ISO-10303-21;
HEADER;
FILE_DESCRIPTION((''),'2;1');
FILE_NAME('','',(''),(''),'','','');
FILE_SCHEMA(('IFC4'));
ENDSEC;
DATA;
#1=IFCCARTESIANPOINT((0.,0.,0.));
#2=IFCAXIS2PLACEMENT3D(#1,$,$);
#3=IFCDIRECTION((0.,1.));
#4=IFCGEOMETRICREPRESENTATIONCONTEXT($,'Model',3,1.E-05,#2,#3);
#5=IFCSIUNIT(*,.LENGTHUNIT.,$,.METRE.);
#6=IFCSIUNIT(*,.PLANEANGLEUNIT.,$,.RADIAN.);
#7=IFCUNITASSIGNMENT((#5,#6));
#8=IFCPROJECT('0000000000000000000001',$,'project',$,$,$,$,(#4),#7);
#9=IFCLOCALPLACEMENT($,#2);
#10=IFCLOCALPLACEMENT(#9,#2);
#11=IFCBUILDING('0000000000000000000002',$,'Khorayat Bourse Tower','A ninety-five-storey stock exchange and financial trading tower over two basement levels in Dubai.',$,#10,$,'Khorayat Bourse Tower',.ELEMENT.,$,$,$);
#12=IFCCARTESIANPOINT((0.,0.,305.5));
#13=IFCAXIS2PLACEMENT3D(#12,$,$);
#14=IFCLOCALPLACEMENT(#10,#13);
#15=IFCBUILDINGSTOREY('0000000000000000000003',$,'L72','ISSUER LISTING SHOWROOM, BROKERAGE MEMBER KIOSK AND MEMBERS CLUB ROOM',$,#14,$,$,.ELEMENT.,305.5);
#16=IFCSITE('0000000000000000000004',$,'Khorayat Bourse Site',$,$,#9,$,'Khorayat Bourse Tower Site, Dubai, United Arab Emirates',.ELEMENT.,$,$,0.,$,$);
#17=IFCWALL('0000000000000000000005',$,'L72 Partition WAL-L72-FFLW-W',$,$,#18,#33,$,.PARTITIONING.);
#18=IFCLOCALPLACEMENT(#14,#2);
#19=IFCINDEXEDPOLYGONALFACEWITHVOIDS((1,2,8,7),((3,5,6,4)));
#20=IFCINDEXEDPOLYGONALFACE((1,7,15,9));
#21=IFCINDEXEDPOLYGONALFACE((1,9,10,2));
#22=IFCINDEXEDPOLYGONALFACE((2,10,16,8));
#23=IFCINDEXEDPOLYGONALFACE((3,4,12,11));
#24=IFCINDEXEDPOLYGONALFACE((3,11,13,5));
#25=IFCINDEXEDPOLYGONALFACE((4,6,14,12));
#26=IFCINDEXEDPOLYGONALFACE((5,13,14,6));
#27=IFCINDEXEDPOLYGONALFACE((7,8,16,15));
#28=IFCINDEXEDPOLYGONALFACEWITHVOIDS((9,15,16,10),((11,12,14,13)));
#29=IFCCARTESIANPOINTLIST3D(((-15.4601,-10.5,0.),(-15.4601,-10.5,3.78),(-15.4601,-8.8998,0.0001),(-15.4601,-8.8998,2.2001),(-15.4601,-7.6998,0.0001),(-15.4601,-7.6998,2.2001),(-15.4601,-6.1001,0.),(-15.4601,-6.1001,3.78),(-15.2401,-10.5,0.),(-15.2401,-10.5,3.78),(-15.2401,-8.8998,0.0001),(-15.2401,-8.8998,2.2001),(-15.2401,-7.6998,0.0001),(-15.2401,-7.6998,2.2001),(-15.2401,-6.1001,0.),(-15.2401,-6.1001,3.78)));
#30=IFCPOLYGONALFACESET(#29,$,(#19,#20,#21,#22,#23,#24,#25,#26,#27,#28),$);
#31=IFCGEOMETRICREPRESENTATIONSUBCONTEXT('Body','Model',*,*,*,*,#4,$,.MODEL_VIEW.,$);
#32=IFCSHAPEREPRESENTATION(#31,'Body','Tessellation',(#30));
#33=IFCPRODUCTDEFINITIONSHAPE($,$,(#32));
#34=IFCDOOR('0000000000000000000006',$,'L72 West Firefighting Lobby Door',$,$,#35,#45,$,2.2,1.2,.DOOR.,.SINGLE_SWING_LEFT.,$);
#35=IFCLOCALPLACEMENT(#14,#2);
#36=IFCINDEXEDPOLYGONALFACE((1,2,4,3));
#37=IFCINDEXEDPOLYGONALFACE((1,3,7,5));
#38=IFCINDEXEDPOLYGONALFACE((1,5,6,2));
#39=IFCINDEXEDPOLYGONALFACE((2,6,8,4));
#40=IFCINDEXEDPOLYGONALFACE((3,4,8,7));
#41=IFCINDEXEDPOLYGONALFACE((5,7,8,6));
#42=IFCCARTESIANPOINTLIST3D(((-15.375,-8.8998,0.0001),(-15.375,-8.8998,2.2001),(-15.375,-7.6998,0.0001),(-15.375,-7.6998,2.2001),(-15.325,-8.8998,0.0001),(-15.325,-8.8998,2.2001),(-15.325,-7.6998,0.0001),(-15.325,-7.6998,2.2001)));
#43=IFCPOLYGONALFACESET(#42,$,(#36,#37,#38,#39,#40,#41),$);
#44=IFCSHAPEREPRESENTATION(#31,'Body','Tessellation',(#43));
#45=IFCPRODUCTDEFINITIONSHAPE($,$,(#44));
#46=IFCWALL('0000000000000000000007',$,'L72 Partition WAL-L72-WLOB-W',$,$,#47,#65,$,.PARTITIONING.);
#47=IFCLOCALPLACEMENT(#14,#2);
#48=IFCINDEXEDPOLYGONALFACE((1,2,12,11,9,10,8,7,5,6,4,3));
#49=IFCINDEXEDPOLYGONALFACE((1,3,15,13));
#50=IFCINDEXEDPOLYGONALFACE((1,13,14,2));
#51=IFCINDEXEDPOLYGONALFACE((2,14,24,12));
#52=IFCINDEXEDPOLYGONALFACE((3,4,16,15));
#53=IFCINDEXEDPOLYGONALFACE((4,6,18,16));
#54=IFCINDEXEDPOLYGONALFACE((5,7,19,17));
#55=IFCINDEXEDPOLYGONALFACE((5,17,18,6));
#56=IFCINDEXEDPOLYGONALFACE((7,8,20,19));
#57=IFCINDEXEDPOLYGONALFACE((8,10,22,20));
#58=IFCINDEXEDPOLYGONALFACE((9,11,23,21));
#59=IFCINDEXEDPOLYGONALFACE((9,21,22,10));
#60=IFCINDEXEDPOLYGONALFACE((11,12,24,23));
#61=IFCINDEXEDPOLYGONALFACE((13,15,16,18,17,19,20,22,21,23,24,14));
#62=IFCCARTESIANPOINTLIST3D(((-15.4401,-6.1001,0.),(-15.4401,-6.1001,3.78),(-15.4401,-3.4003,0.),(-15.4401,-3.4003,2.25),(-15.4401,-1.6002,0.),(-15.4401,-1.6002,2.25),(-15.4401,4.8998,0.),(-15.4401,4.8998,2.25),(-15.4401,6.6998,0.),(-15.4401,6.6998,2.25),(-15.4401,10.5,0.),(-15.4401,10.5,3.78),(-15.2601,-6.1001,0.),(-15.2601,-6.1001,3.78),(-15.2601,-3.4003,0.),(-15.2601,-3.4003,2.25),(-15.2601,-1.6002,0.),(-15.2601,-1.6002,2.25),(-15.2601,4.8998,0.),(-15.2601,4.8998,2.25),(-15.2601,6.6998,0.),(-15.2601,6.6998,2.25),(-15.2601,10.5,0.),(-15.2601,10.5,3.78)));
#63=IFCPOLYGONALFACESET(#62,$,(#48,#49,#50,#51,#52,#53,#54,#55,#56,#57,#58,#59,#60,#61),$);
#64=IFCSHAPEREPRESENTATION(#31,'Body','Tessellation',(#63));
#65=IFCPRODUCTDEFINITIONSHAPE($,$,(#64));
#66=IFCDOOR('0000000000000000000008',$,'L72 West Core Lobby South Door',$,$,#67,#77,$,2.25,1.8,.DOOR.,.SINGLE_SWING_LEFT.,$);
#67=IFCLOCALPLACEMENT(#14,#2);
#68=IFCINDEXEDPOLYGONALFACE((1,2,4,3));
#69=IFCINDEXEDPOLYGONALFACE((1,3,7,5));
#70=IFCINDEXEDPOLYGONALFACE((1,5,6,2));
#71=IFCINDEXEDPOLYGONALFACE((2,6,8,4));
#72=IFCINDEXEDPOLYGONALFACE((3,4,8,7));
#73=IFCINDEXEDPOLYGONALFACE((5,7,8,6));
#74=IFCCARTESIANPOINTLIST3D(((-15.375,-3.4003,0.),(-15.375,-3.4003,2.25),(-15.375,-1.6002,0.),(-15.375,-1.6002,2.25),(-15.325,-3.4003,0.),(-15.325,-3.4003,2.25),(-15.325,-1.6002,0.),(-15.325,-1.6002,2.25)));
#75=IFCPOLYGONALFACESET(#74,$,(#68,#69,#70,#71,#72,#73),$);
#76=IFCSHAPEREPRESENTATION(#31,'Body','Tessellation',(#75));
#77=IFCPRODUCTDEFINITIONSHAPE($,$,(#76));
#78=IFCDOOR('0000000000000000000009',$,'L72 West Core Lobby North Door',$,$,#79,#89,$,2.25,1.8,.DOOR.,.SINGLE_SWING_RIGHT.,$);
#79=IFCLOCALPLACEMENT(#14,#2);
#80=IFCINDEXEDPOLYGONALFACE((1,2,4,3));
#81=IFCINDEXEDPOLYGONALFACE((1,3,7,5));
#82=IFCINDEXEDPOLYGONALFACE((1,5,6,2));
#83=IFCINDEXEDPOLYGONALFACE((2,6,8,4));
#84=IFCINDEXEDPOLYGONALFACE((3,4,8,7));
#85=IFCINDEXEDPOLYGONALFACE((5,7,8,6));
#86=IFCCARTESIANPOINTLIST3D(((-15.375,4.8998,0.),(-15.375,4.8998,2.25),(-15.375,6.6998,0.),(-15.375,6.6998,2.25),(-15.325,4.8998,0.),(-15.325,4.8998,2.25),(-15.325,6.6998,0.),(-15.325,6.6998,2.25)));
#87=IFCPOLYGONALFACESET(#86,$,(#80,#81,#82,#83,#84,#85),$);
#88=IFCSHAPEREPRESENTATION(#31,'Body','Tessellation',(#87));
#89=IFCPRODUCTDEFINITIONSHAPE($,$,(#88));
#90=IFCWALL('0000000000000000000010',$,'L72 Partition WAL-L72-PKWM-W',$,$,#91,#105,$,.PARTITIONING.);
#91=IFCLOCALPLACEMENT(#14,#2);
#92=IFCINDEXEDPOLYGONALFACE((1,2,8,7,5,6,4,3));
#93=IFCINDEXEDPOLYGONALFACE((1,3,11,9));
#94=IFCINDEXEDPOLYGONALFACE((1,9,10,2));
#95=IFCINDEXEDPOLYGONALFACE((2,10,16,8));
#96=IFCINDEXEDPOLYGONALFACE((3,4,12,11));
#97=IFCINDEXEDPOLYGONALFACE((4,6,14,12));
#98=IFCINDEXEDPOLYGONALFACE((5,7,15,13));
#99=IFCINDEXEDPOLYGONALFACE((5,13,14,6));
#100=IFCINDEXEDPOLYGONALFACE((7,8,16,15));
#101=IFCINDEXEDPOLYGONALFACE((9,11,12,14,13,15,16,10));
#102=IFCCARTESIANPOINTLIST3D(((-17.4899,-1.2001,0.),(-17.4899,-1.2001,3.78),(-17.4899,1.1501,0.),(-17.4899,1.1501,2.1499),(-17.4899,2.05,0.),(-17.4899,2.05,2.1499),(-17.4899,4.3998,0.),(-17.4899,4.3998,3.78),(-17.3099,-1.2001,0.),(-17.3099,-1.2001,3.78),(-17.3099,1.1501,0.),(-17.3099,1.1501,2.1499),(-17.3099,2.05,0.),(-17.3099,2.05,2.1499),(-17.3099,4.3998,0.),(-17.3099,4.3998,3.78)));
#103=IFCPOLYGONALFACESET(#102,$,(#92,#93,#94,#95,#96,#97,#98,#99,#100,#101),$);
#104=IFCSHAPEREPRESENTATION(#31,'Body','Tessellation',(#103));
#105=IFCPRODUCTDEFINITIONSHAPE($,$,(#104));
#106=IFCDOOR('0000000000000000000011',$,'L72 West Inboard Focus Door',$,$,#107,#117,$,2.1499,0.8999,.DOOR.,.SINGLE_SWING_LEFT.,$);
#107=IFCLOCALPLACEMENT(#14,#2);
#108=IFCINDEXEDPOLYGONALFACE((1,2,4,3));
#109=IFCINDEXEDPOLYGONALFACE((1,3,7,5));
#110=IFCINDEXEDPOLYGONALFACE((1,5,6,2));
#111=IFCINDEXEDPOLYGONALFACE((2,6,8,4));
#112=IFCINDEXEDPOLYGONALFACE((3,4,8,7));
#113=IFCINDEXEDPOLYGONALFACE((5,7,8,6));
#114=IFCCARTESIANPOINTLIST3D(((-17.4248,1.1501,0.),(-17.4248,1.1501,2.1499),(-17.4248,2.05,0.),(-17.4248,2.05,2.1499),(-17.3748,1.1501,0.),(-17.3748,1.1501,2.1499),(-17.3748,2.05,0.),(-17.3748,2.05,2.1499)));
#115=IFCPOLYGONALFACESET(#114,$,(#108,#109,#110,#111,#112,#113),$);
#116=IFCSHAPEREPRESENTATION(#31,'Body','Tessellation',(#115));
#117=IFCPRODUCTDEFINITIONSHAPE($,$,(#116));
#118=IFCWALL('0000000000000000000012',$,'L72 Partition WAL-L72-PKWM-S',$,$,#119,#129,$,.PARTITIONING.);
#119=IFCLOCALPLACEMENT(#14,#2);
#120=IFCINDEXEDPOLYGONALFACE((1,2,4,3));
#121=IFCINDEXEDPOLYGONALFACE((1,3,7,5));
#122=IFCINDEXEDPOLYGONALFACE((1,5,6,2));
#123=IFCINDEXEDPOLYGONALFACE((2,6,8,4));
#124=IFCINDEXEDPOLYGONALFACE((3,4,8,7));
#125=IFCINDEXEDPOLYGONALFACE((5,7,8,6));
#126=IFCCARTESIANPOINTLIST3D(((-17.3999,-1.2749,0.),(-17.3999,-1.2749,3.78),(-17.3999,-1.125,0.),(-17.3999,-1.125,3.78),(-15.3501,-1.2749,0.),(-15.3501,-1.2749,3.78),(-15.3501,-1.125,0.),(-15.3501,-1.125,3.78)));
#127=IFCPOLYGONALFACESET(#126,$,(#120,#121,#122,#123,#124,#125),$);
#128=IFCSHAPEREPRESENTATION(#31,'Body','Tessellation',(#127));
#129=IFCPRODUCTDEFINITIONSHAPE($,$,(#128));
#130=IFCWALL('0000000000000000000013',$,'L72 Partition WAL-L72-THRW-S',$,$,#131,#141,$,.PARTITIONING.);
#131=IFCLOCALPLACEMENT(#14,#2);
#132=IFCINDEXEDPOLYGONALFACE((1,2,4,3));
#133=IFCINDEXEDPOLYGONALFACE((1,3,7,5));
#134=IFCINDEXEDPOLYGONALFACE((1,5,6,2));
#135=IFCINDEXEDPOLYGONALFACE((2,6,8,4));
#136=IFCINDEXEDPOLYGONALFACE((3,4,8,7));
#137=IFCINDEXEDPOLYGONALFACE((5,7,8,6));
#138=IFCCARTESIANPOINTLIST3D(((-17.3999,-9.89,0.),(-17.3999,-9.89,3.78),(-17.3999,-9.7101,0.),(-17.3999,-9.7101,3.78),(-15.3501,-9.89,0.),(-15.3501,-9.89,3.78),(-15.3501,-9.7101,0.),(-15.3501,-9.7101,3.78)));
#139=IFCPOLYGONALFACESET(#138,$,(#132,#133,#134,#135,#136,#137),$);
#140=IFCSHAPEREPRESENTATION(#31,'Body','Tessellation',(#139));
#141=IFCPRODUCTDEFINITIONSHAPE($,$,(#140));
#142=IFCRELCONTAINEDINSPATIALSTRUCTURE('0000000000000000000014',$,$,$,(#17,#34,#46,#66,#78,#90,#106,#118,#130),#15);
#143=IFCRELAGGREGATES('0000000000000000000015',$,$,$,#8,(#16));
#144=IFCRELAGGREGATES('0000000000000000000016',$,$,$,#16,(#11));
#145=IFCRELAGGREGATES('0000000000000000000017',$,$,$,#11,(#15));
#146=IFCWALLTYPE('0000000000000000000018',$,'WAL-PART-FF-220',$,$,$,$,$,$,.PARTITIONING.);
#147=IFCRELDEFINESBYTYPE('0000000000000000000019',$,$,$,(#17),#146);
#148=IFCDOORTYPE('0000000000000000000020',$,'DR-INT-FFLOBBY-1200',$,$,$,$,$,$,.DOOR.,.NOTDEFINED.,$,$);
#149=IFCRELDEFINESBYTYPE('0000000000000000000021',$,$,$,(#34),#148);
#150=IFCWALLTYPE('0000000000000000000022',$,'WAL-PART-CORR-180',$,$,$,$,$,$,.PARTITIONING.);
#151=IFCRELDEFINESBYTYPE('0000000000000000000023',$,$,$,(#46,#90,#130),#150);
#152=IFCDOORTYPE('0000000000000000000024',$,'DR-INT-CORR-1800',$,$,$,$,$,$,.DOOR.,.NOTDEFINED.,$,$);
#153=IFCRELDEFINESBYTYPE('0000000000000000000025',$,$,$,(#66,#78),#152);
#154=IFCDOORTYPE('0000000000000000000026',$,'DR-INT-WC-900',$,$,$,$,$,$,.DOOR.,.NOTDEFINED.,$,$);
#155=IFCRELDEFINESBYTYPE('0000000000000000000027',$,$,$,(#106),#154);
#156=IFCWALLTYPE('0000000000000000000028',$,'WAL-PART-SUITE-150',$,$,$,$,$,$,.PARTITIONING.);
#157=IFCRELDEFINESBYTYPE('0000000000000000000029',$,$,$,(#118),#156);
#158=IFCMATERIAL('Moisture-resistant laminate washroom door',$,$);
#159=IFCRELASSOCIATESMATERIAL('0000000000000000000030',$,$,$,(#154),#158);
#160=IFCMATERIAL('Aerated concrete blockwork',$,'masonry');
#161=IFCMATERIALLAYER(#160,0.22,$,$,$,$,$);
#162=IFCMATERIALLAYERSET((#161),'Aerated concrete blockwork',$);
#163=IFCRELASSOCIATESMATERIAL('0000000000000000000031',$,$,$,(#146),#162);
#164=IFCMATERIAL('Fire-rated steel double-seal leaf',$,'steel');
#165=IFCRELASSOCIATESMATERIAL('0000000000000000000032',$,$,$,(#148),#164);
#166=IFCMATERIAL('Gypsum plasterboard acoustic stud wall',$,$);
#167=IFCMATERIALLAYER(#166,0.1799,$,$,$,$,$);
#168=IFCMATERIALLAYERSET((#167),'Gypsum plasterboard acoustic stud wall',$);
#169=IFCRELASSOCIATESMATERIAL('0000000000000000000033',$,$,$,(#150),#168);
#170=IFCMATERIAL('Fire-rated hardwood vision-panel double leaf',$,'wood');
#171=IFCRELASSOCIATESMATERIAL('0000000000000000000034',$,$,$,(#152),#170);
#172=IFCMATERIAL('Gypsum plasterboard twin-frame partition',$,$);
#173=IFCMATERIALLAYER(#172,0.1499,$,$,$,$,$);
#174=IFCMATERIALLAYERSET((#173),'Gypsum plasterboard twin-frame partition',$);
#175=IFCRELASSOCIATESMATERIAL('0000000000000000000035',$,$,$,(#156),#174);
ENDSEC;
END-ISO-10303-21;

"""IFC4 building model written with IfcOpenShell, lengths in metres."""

from ifc_helpers import new_model, si_unit, direction, frame, frame_2d, origin, place, context, subcontext, project, spatial, rectangle, extrude, source, transform, mapped, material, layer, layer_set, type_object, element, fill, save


model = new_model("IFC4")

# Units and contexts
model_context = context("Model", 3, precision=1e-05, world=origin(), true_north=direction((0.0, 1.0)))
body_context = subcontext(model_context, "Body", "Model", "MODEL_VIEW")
ifc_project = project(units=[si_unit("LENGTHUNIT", "METRE"), si_unit("PLANEANGLEUNIT", "RADIAN")], contexts=[model_context])

# Site, building, storey
site_placement = place(None, origin())
site = spatial("IfcSite", under=ifc_project, at=site_placement, Name="Khorayat Bourse Site", LongName="Khorayat Bourse Tower Site, Dubai, United Arab Emirates", CompositionType="ELEMENT", RefElevation=0.0)
building_placement = place(site_placement, origin())
building = spatial("IfcBuilding", under=site, at=building_placement, Name="Khorayat Bourse Tower", Description="A ninety-five-storey stock exchange and financial trading tower over two basement levels in Dubai.", LongName="Khorayat Bourse Tower", CompositionType="ELEMENT")
storey_placement = place(building_placement, frame((0.0, 0.0, 305.5)))
storey = spatial("IfcBuildingStorey", under=building, at=storey_placement, Name="L72", Description="ISSUER LISTING SHOWROOM, BROKERAGE MEMBER KIOSK AND MEMBERS CLUB ROOM", CompositionType="ELEMENT", Elevation=305.5)

# Shared definitions
ifc_material_1 = material(Name="Moisture-resistant laminate washroom door")
door_type_1 = type_object("IfcDoorType", Name="DR-INT-WC-900", OperationType="NOTDEFINED", PredefinedType="DOOR", material=ifc_material_1)
shared_shape_1 = source(origin(), body_context, "Body", "SweptSolid", [
    extrude(rectangle(XDim=0.8999, YDim=2.1499, at=frame_2d((0.45, 1.075))), frame((0.0, 0.0249, 0.0), z_axis=(0.0, -1.0, 0.0), x_axis=(1.0, 0.0, 0.0)), (0.0, 0.0, 1.0), 0.05),
])

# Shared definitions
ifc_material_2 = material(Name="Aerated concrete blockwork", Category="masonry")
ifc_layer_1 = layer(ifc_material_2, 0.22)
ifc_layer_set_1 = layer_set([ifc_layer_1], Name="Aerated concrete blockwork")
wall_type_1 = type_object("IfcWallType", Name="WAL-PART-FF-220", PredefinedType="PARTITIONING", material=ifc_layer_set_1)

# Wall, opening, door
shared_shape_2 = source(origin(), body_context, "Body", "SweptSolid", [
    extrude(rectangle(XDim=4.3999, YDim=0.22, at=frame_2d((2.2, 0.0))), origin(), (0.0, 0.0, 1.0), 3.78),
])
wall_1_placement = place(storey_placement, frame((-15.3501, -10.5, 0.0), z_axis=(0.0, 0.0, 1.0), x_axis=(0.0, 1.0, 0.0)))
wall_1 = element("IfcWall", 1, at=wall_1_placement, inside=storey, type_object=wall_type_1, Name="L72 Partition WAL-L72-FFLW-W", PredefinedType="PARTITIONING", context=body_context, shape_type="MappedRepresentation", body=[
    mapped(shared_shape_2, transform((0.0, 0.0, 0.0), scale=1.0)),
])
shared_shape_3 = source(origin(), body_context, "Body", "SweptSolid", [
    extrude(rectangle(XDim=1.2, YDim=2.2, at=frame_2d((0.6001, 1.1001))), frame((0.0, 0.1199, 0.0), z_axis=(0.0, -1.0, 0.0), x_axis=(1.0, 0.0, 0.0)), (0.0, 0.0, 1.0), 0.24),
])
opening_1_placement = place(wall_1_placement, frame((1.6001, 0.0, 0.0)))
opening_1 = element("IfcOpeningElement", 2, at=opening_1_placement, cuts=wall_1, PredefinedType="OPENING", context=body_context, shape_type="MappedRepresentation", body=[
    mapped(shared_shape_3, transform((0.0, 0.0, 0.0), scale=1.0)),
])
ifc_material_3 = material(Name="Fire-rated steel double-seal leaf", Category="steel")
door_type_2 = type_object("IfcDoorType", Name="DR-INT-FFLOBBY-1200", OperationType="NOTDEFINED", PredefinedType="DOOR", material=ifc_material_3)
shared_shape_4 = source(origin(), body_context, "Body", "SweptSolid", [
    extrude(rectangle(XDim=1.2, YDim=2.2, at=frame_2d((0.6001, 1.1001))), frame((0.0, 0.0249, 0.0), z_axis=(0.0, -1.0, 0.0), x_axis=(1.0, 0.0, 0.0)), (0.0, 0.0, 1.0), 0.05),
])
door_1_placement = place(opening_1_placement, origin())
door_1 = element("IfcDoor", 3, at=door_1_placement, inside=storey, type_object=door_type_2, Name="L72 West Firefighting Lobby Door", OperationType="SINGLE_SWING_LEFT", OverallHeight=2.2, OverallWidth=1.2, PredefinedType="DOOR", context=body_context, shape_type="MappedRepresentation", body=[
    mapped(shared_shape_4, transform((0.0, 0.0, 0.0), scale=1.0)),
])
fill(opening_1, door_1)

# Wall, openings, doors
ifc_material_4 = material(Name="Gypsum plasterboard acoustic stud wall")
ifc_layer_2 = layer(ifc_material_4, 0.1799)
ifc_layer_set_2 = layer_set([ifc_layer_2], Name="Gypsum plasterboard acoustic stud wall")
wall_type_2 = type_object("IfcWallType", Name="WAL-PART-CORR-180", PredefinedType="PARTITIONING", material=ifc_layer_set_2)
shared_shape_5 = source(origin(), body_context, "Body", "SweptSolid", [
    extrude(rectangle(XDim=16.6001, YDim=0.1799, at=frame_2d((8.3, 0.0))), origin(), (0.0, 0.0, 1.0), 3.78),
])
wall_2_placement = place(storey_placement, frame((-15.3501, -6.1001, 0.0), z_axis=(0.0, 0.0, 1.0), x_axis=(0.0, 1.0, 0.0)))
wall_2 = element("IfcWall", 4, at=wall_2_placement, inside=storey, type_object=wall_type_2, Name="L72 Partition WAL-L72-WLOB-W", PredefinedType="PARTITIONING", context=body_context, shape_type="MappedRepresentation", body=[
    mapped(shared_shape_5, transform((0.0, 0.0, 0.0), scale=1.0)),
])
shared_shape_6 = source(origin(), body_context, "Body", "SweptSolid", [
    extrude(rectangle(XDim=1.8, YDim=2.25, at=frame_2d((0.8999, 1.125))), frame((0.0, 0.0999, 0.0), z_axis=(0.0, -1.0, 0.0), x_axis=(1.0, 0.0, 0.0)), (0.0, 0.0, 1.0), 0.2),
])
opening_2_placement = place(wall_2_placement, frame((2.7, 0.0, 0.0)))
opening_2 = element("IfcOpeningElement", 5, at=opening_2_placement, cuts=wall_2, PredefinedType="OPENING", context=body_context, shape_type="MappedRepresentation", body=[
    mapped(shared_shape_6, transform((0.0, 0.0, 0.0), scale=1.0)),
])
opening_3_placement = place(wall_2_placement, frame((11.0, 0.0, 0.0)))
opening_3 = element("IfcOpeningElement", 6, at=opening_3_placement, cuts=wall_2, PredefinedType="OPENING", context=body_context, shape_type="MappedRepresentation", body=[
    mapped(shared_shape_6, transform((0.0, 0.0, 0.0), scale=1.0)),
])
ifc_material_5 = material(Name="Fire-rated hardwood vision-panel double leaf", Category="wood")
door_type_3 = type_object("IfcDoorType", Name="DR-INT-CORR-1800", OperationType="NOTDEFINED", PredefinedType="DOOR", material=ifc_material_5)
shared_shape_7 = source(origin(), body_context, "Body", "SweptSolid", [
    extrude(rectangle(XDim=1.8, YDim=2.25, at=frame_2d((0.8999, 1.125))), frame((0.0, 0.0249, 0.0), z_axis=(0.0, -1.0, 0.0), x_axis=(1.0, 0.0, 0.0)), (0.0, 0.0, 1.0), 0.05),
])
door_2_placement = place(opening_2_placement, origin())
door_2 = element("IfcDoor", 7, at=door_2_placement, inside=storey, type_object=door_type_3, Name="L72 West Core Lobby South Door", OperationType="SINGLE_SWING_LEFT", OverallHeight=2.25, OverallWidth=1.8, PredefinedType="DOOR", context=body_context, shape_type="MappedRepresentation", body=[
    mapped(shared_shape_7, transform((0.0, 0.0, 0.0), scale=1.0)),
])
fill(opening_2, door_2)
door_3_placement = place(opening_3_placement, origin())
door_3 = element("IfcDoor", 8, at=door_3_placement, inside=storey, type_object=door_type_3, Name="L72 West Core Lobby North Door", OperationType="SINGLE_SWING_RIGHT", OverallHeight=2.25, OverallWidth=1.8, PredefinedType="DOOR", context=body_context, shape_type="MappedRepresentation", body=[
    mapped(shared_shape_7, transform((0.0, 0.0, 0.0), scale=1.0)),
])
fill(opening_3, door_3)

# Wall, opening, door
shared_shape_8 = source(origin(), body_context, "Body", "SweptSolid", [
    extrude(rectangle(XDim=5.5999, YDim=0.1799, at=frame_2d((2.7998, 0.0))), origin(), (0.0, 0.0, 1.0), 3.78),
])
wall_3_placement = place(storey_placement, frame((-17.3999, -1.2, 0.0), z_axis=(0.0, 0.0, 1.0), x_axis=(0.0, 1.0, 0.0)))
wall_3 = element("IfcWall", 9, at=wall_3_placement, inside=storey, type_object=wall_type_2, Name="L72 Partition WAL-L72-PKWM-W", PredefinedType="PARTITIONING", context=body_context, shape_type="MappedRepresentation", body=[
    mapped(shared_shape_8, transform((0.0, 0.0, 0.0), scale=1.0)),
])
shared_shape_9 = source(origin(), body_context, "Body", "SweptSolid", [
    extrude(rectangle(XDim=0.8999, YDim=2.1499, at=frame_2d((0.45, 1.075))), frame((0.0, 0.0999, 0.0), z_axis=(0.0, -1.0, 0.0), x_axis=(1.0, 0.0, 0.0)), (0.0, 0.0, 1.0), 0.2),
])
opening_4_placement = place(wall_3_placement, frame((2.3501, 0.0, 0.0)))
opening_4 = element("IfcOpeningElement", 10, at=opening_4_placement, cuts=wall_3, PredefinedType="OPENING", context=body_context, shape_type="MappedRepresentation", body=[
    mapped(shared_shape_9, transform((0.0, 0.0, 0.0), scale=1.0)),
])
door_4_placement = place(opening_4_placement, origin())
door_4 = element("IfcDoor", 11, at=door_4_placement, inside=storey, type_object=door_type_1, Name="L72 West Inboard Focus Door", OperationType="SINGLE_SWING_LEFT", OverallHeight=2.1499, OverallWidth=0.8999, PredefinedType="DOOR", context=body_context, shape_type="MappedRepresentation", body=[
    mapped(shared_shape_1, transform((0.0, 0.0, 0.0), scale=1.0)),
])
fill(opening_4, door_4)

# Walls
ifc_material_6 = material(Name="Gypsum plasterboard twin-frame partition")
ifc_layer_3 = layer(ifc_material_6, 0.1499)
ifc_layer_set_3 = layer_set([ifc_layer_3], Name="Gypsum plasterboard twin-frame partition")
wall_type_3 = type_object("IfcWallType", Name="WAL-PART-SUITE-150", PredefinedType="PARTITIONING", material=ifc_layer_set_3)
shared_shape_10 = source(origin(), body_context, "Body", "SweptSolid", [
    extrude(rectangle(XDim=2.0498, YDim=0.1499, at=frame_2d((1.0249, 0.0))), origin(), (0.0, 0.0, 1.0), 3.78),
])
wall_4_placement = place(storey_placement, frame((-17.3999, -1.2, 0.0), z_axis=(0.0, 0.0, 1.0), x_axis=(1.0, 0.0, 0.0)))
element("IfcWall", 12, at=wall_4_placement, inside=storey, type_object=wall_type_3, Name="L72 Partition WAL-L72-PKWM-S", PredefinedType="PARTITIONING", context=body_context, shape_type="MappedRepresentation", body=[
    mapped(shared_shape_10, transform((0.0, 0.0, 0.0), scale=1.0)),
])
shared_shape_11 = source(origin(), body_context, "Body", "SweptSolid", [
    extrude(rectangle(XDim=2.0498, YDim=0.1799, at=frame_2d((1.0249, 0.0))), origin(), (0.0, 0.0, 1.0), 3.78),
])
wall_5_placement = place(storey_placement, frame((-17.3999, -9.8, 0.0), z_axis=(0.0, 0.0, 1.0), x_axis=(1.0, 0.0, 0.0)))
element("IfcWall", 13, at=wall_5_placement, inside=storey, type_object=wall_type_2, Name="L72 Partition WAL-L72-THRW-S", PredefinedType="PARTITIONING", context=body_context, shape_type="MappedRepresentation", body=[
    mapped(shared_shape_11, transform((0.0, 0.0, 0.0), scale=1.0)),
])

save(model, "model.ifc")
